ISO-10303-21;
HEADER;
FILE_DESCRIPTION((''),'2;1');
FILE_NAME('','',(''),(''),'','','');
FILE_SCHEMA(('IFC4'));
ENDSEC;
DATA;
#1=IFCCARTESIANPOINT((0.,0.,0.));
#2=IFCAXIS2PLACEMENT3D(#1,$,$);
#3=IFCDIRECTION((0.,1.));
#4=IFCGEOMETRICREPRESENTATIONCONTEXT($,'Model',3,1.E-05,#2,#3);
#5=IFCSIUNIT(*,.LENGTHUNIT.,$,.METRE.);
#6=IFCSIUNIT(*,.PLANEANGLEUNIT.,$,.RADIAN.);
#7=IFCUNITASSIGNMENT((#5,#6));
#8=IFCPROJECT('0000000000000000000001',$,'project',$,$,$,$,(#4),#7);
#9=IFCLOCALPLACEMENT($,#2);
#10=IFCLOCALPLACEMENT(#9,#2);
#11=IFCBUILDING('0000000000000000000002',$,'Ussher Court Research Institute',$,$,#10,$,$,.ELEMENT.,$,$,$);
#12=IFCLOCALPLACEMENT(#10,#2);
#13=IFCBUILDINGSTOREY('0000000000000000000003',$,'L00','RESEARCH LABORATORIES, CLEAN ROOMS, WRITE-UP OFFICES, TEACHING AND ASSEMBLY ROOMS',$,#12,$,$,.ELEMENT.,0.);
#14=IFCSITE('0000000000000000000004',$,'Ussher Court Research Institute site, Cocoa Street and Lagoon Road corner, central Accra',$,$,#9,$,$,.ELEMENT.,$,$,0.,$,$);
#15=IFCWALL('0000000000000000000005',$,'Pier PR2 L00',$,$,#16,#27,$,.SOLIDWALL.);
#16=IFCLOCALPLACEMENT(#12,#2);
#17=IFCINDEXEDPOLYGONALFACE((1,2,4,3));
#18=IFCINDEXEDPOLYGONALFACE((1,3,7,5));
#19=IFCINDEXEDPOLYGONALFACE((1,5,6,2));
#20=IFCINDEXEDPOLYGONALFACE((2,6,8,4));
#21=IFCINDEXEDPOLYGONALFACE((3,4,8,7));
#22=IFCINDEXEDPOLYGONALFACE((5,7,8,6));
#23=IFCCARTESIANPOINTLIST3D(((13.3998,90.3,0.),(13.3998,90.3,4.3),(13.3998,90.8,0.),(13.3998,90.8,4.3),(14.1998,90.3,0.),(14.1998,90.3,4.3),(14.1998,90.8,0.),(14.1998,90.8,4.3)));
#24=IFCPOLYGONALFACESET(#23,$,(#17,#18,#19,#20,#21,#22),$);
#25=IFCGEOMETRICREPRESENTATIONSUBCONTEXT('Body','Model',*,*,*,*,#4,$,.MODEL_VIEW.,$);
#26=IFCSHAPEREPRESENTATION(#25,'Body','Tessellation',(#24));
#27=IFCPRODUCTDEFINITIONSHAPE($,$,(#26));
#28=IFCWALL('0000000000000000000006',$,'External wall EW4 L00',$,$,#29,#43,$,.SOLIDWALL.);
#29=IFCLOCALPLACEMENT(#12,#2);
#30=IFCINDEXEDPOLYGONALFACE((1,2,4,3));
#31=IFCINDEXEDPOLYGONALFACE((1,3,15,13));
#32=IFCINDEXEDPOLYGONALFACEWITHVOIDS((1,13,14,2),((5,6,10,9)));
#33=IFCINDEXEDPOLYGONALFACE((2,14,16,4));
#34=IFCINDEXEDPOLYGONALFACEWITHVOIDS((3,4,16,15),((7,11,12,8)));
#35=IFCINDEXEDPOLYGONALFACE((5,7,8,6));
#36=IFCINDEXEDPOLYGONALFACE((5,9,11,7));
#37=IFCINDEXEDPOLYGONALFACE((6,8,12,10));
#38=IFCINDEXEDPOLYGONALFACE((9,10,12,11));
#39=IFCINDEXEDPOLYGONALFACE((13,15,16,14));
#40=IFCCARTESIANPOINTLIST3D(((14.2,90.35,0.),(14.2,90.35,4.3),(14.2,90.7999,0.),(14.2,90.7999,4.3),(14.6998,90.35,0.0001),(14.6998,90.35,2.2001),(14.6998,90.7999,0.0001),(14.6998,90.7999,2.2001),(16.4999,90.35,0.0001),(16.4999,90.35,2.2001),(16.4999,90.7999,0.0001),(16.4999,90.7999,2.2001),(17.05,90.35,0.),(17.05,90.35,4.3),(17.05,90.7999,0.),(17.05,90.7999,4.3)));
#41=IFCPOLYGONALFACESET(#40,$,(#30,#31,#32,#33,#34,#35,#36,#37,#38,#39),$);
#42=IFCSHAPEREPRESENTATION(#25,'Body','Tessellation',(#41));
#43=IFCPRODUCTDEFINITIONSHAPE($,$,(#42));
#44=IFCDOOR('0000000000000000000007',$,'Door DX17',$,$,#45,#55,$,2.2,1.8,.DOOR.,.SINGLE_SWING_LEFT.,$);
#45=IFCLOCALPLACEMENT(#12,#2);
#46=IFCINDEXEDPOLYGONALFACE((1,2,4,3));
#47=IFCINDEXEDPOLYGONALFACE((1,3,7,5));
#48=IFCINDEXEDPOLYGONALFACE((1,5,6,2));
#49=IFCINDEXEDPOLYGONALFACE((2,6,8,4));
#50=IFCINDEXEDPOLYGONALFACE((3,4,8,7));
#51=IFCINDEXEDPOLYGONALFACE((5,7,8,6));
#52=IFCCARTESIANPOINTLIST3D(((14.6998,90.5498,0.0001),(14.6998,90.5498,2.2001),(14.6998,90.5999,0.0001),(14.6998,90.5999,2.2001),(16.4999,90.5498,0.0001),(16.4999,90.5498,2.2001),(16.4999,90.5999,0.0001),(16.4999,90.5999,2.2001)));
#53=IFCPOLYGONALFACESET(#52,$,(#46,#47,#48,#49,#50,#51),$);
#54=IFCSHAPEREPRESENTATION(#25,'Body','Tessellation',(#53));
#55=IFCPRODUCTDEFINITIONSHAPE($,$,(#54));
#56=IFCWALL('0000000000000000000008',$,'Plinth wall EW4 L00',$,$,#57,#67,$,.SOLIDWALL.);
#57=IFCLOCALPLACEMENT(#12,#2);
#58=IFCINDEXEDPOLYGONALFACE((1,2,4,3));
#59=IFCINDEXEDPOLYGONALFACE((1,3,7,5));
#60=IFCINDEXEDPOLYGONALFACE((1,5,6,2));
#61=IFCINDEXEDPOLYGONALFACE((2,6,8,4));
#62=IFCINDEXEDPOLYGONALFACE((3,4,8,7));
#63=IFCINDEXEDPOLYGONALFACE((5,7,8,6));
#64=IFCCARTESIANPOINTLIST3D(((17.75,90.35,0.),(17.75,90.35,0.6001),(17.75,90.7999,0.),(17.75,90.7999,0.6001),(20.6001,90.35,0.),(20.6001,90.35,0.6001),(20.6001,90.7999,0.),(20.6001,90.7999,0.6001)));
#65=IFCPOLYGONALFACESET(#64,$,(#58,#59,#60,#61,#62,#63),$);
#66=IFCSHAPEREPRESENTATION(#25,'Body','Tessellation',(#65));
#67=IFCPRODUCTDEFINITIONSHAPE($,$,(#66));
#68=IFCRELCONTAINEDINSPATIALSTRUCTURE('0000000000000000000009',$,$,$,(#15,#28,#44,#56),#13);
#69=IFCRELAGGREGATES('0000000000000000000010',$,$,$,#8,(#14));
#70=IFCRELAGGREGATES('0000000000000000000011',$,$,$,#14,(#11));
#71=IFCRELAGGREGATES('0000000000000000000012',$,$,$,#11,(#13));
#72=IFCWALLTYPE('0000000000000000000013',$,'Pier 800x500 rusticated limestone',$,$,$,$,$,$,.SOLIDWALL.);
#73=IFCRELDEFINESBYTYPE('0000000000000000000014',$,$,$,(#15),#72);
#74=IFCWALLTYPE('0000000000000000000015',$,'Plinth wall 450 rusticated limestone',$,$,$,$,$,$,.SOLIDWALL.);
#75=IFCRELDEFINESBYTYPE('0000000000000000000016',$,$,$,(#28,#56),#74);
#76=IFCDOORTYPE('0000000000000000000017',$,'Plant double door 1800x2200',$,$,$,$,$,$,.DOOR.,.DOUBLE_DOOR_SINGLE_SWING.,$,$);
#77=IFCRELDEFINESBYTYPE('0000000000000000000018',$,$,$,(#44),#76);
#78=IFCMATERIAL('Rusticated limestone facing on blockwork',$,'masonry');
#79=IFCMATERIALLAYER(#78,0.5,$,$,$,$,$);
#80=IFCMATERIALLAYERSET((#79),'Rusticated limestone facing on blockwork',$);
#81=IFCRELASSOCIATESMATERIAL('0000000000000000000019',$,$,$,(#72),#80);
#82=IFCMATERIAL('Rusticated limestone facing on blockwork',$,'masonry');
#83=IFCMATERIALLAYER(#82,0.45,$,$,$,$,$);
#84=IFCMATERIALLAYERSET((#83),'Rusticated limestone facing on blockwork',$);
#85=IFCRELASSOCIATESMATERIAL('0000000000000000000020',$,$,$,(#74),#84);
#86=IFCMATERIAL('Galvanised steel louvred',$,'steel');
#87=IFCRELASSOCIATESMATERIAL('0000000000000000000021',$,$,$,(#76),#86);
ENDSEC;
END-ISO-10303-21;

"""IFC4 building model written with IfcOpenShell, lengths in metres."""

from ifc_helpers import new_model, si_unit, direction, frame, frame_2d, origin, place, context, subcontext, project, spatial, rectangle, extrude, material, layer, layer_set, type_object, element, fill, save


model = new_model("IFC4")

# Units and contexts
model_context = context("Model", 3, precision=1e-05, world=origin(), true_north=direction((0.0, 1.0)))
body_context = subcontext(model_context, "Body", "Model", "MODEL_VIEW")
ifc_project = project(units=[si_unit("LENGTHUNIT", "METRE"), si_unit("PLANEANGLEUNIT", "RADIAN")], contexts=[model_context])

# Site, building, storey
site_placement = place(None, origin())
site = spatial("IfcSite", under=ifc_project, at=site_placement, Name="Ussher Court Research Institute site, Cocoa Street and Lagoon Road corner, central Accra", CompositionType="ELEMENT", RefElevation=0.0)
building_placement = place(site_placement, origin())
building = spatial("IfcBuilding", under=site, at=building_placement, Name="Ussher Court Research Institute", CompositionType="ELEMENT")
storey_placement = place(building_placement, origin())
storey = spatial("IfcBuildingStorey", under=building, at=storey_placement, Name="L00", Description="RESEARCH LABORATORIES, CLEAN ROOMS, WRITE-UP OFFICES, TEACHING AND ASSEMBLY ROOMS", CompositionType="ELEMENT", Elevation=0.0)

# Wall
ifc_material_1 = material(Name="Rusticated limestone facing on blockwork", Category="masonry")
ifc_layer_1 = layer(ifc_material_1, 0.5)
ifc_layer_set_1 = layer_set([ifc_layer_1], Name="Rusticated limestone facing on blockwork")
wall_type_1 = type_object("IfcWallType", Name="Pier 800x500 rusticated limestone", PredefinedType="SOLIDWALL", material=ifc_layer_set_1)
wall_1_placement = place(storey_placement, frame((13.3999, 90.55, 0.0), z_axis=(0.0, 0.0, 1.0), x_axis=(1.0, 0.0, 0.0)))
element("IfcWall", 1, at=wall_1_placement, inside=storey, type_object=wall_type_1, Name="Pier PR2 L00", PredefinedType="SOLIDWALL", context=body_context, shape_type="SweptSolid", body=[
    extrude(rectangle(XDim=0.8, YDim=0.5, at=frame_2d((0.3999, 0.0))), origin(), (0.0, 0.0, 1.0), 4.3),
])

# Wall, opening, door
ifc_material_2 = material(Name="Rusticated limestone facing on blockwork", Category="masonry")
ifc_layer_2 = layer(ifc_material_2, 0.45)
ifc_layer_set_2 = layer_set([ifc_layer_2], Name="Rusticated limestone facing on blockwork")
wall_type_2 = type_object("IfcWallType", Name="Plinth wall 450 rusticated limestone", PredefinedType="SOLIDWALL", material=ifc_layer_set_2)
wall_2_placement = place(storey_placement, frame((14.2, 90.575, 0.0), z_axis=(0.0, 0.0, 1.0), x_axis=(1.0, 0.0, 0.0)))
wall_2 = element("IfcWall", 2, at=wall_2_placement, inside=storey, type_object=wall_type_2, Name="External wall EW4 L00", PredefinedType="SOLIDWALL", context=body_context, shape_type="SweptSolid", body=[
    extrude(rectangle(XDim=2.8501, YDim=0.45, at=frame_2d((1.425, 0.0))), origin(), (0.0, 0.0, 1.0), 4.3),
])
opening_placement = place(wall_2_placement, frame((0.5, 0.0, 0.0)))
opening = element("IfcOpeningElement", 3, at=opening_placement, cuts=wall_2, PredefinedType="OPENING", context=body_context, shape_type="SweptSolid", body=[
    extrude(rectangle(XDim=1.8, YDim=2.2, at=frame_2d((0.8999, 1.1001))), frame((0.0, 0.2349, 0.0), z_axis=(0.0, -1.0, 0.0), x_axis=(1.0, 0.0, 0.0)), (0.0, 0.0, 1.0), 0.47),
])
ifc_material_3 = material(Name="Galvanised steel louvred", Category="steel")
door_type = type_object("IfcDoorType", Name="Plant double door 1800x2200", OperationType="DOUBLE_DOOR_SINGLE_SWING", PredefinedType="DOOR", material=ifc_material_3)
door_placement = place(opening_placement, origin())
door = element("IfcDoor", 4, at=door_placement, inside=storey, type_object=door_type, Name="Door DX17", OperationType="SINGLE_SWING_LEFT", OverallHeight=2.2, OverallWidth=1.8, PredefinedType="DOOR", context=body_context, shape_type="SweptSolid", body=[
    extrude(rectangle(XDim=1.8, YDim=2.2, at=frame_2d((0.8999, 1.1001))), frame((0.0, 0.0249, 0.0), z_axis=(0.0, -1.0, 0.0), x_axis=(1.0, 0.0, 0.0)), (0.0, 0.0, 1.0), 0.05),
])
fill(opening, door)

# Wall
wall_3_placement = place(storey_placement, frame((17.75, 90.575, 0.0), z_axis=(0.0, 0.0, 1.0), x_axis=(1.0, 0.0, 0.0)))
element("IfcWall", 5, at=wall_3_placement, inside=storey, type_object=wall_type_2, Name="Plinth wall EW4 L00", PredefinedType="SOLIDWALL", context=body_context, shape_type="SweptSolid", body=[
    extrude(rectangle(XDim=2.8501, YDim=0.45, at=frame_2d((1.425, 0.0))), origin(), (0.0, 0.0, 1.0), 0.6001),
])

save(model, "model.ifc")
